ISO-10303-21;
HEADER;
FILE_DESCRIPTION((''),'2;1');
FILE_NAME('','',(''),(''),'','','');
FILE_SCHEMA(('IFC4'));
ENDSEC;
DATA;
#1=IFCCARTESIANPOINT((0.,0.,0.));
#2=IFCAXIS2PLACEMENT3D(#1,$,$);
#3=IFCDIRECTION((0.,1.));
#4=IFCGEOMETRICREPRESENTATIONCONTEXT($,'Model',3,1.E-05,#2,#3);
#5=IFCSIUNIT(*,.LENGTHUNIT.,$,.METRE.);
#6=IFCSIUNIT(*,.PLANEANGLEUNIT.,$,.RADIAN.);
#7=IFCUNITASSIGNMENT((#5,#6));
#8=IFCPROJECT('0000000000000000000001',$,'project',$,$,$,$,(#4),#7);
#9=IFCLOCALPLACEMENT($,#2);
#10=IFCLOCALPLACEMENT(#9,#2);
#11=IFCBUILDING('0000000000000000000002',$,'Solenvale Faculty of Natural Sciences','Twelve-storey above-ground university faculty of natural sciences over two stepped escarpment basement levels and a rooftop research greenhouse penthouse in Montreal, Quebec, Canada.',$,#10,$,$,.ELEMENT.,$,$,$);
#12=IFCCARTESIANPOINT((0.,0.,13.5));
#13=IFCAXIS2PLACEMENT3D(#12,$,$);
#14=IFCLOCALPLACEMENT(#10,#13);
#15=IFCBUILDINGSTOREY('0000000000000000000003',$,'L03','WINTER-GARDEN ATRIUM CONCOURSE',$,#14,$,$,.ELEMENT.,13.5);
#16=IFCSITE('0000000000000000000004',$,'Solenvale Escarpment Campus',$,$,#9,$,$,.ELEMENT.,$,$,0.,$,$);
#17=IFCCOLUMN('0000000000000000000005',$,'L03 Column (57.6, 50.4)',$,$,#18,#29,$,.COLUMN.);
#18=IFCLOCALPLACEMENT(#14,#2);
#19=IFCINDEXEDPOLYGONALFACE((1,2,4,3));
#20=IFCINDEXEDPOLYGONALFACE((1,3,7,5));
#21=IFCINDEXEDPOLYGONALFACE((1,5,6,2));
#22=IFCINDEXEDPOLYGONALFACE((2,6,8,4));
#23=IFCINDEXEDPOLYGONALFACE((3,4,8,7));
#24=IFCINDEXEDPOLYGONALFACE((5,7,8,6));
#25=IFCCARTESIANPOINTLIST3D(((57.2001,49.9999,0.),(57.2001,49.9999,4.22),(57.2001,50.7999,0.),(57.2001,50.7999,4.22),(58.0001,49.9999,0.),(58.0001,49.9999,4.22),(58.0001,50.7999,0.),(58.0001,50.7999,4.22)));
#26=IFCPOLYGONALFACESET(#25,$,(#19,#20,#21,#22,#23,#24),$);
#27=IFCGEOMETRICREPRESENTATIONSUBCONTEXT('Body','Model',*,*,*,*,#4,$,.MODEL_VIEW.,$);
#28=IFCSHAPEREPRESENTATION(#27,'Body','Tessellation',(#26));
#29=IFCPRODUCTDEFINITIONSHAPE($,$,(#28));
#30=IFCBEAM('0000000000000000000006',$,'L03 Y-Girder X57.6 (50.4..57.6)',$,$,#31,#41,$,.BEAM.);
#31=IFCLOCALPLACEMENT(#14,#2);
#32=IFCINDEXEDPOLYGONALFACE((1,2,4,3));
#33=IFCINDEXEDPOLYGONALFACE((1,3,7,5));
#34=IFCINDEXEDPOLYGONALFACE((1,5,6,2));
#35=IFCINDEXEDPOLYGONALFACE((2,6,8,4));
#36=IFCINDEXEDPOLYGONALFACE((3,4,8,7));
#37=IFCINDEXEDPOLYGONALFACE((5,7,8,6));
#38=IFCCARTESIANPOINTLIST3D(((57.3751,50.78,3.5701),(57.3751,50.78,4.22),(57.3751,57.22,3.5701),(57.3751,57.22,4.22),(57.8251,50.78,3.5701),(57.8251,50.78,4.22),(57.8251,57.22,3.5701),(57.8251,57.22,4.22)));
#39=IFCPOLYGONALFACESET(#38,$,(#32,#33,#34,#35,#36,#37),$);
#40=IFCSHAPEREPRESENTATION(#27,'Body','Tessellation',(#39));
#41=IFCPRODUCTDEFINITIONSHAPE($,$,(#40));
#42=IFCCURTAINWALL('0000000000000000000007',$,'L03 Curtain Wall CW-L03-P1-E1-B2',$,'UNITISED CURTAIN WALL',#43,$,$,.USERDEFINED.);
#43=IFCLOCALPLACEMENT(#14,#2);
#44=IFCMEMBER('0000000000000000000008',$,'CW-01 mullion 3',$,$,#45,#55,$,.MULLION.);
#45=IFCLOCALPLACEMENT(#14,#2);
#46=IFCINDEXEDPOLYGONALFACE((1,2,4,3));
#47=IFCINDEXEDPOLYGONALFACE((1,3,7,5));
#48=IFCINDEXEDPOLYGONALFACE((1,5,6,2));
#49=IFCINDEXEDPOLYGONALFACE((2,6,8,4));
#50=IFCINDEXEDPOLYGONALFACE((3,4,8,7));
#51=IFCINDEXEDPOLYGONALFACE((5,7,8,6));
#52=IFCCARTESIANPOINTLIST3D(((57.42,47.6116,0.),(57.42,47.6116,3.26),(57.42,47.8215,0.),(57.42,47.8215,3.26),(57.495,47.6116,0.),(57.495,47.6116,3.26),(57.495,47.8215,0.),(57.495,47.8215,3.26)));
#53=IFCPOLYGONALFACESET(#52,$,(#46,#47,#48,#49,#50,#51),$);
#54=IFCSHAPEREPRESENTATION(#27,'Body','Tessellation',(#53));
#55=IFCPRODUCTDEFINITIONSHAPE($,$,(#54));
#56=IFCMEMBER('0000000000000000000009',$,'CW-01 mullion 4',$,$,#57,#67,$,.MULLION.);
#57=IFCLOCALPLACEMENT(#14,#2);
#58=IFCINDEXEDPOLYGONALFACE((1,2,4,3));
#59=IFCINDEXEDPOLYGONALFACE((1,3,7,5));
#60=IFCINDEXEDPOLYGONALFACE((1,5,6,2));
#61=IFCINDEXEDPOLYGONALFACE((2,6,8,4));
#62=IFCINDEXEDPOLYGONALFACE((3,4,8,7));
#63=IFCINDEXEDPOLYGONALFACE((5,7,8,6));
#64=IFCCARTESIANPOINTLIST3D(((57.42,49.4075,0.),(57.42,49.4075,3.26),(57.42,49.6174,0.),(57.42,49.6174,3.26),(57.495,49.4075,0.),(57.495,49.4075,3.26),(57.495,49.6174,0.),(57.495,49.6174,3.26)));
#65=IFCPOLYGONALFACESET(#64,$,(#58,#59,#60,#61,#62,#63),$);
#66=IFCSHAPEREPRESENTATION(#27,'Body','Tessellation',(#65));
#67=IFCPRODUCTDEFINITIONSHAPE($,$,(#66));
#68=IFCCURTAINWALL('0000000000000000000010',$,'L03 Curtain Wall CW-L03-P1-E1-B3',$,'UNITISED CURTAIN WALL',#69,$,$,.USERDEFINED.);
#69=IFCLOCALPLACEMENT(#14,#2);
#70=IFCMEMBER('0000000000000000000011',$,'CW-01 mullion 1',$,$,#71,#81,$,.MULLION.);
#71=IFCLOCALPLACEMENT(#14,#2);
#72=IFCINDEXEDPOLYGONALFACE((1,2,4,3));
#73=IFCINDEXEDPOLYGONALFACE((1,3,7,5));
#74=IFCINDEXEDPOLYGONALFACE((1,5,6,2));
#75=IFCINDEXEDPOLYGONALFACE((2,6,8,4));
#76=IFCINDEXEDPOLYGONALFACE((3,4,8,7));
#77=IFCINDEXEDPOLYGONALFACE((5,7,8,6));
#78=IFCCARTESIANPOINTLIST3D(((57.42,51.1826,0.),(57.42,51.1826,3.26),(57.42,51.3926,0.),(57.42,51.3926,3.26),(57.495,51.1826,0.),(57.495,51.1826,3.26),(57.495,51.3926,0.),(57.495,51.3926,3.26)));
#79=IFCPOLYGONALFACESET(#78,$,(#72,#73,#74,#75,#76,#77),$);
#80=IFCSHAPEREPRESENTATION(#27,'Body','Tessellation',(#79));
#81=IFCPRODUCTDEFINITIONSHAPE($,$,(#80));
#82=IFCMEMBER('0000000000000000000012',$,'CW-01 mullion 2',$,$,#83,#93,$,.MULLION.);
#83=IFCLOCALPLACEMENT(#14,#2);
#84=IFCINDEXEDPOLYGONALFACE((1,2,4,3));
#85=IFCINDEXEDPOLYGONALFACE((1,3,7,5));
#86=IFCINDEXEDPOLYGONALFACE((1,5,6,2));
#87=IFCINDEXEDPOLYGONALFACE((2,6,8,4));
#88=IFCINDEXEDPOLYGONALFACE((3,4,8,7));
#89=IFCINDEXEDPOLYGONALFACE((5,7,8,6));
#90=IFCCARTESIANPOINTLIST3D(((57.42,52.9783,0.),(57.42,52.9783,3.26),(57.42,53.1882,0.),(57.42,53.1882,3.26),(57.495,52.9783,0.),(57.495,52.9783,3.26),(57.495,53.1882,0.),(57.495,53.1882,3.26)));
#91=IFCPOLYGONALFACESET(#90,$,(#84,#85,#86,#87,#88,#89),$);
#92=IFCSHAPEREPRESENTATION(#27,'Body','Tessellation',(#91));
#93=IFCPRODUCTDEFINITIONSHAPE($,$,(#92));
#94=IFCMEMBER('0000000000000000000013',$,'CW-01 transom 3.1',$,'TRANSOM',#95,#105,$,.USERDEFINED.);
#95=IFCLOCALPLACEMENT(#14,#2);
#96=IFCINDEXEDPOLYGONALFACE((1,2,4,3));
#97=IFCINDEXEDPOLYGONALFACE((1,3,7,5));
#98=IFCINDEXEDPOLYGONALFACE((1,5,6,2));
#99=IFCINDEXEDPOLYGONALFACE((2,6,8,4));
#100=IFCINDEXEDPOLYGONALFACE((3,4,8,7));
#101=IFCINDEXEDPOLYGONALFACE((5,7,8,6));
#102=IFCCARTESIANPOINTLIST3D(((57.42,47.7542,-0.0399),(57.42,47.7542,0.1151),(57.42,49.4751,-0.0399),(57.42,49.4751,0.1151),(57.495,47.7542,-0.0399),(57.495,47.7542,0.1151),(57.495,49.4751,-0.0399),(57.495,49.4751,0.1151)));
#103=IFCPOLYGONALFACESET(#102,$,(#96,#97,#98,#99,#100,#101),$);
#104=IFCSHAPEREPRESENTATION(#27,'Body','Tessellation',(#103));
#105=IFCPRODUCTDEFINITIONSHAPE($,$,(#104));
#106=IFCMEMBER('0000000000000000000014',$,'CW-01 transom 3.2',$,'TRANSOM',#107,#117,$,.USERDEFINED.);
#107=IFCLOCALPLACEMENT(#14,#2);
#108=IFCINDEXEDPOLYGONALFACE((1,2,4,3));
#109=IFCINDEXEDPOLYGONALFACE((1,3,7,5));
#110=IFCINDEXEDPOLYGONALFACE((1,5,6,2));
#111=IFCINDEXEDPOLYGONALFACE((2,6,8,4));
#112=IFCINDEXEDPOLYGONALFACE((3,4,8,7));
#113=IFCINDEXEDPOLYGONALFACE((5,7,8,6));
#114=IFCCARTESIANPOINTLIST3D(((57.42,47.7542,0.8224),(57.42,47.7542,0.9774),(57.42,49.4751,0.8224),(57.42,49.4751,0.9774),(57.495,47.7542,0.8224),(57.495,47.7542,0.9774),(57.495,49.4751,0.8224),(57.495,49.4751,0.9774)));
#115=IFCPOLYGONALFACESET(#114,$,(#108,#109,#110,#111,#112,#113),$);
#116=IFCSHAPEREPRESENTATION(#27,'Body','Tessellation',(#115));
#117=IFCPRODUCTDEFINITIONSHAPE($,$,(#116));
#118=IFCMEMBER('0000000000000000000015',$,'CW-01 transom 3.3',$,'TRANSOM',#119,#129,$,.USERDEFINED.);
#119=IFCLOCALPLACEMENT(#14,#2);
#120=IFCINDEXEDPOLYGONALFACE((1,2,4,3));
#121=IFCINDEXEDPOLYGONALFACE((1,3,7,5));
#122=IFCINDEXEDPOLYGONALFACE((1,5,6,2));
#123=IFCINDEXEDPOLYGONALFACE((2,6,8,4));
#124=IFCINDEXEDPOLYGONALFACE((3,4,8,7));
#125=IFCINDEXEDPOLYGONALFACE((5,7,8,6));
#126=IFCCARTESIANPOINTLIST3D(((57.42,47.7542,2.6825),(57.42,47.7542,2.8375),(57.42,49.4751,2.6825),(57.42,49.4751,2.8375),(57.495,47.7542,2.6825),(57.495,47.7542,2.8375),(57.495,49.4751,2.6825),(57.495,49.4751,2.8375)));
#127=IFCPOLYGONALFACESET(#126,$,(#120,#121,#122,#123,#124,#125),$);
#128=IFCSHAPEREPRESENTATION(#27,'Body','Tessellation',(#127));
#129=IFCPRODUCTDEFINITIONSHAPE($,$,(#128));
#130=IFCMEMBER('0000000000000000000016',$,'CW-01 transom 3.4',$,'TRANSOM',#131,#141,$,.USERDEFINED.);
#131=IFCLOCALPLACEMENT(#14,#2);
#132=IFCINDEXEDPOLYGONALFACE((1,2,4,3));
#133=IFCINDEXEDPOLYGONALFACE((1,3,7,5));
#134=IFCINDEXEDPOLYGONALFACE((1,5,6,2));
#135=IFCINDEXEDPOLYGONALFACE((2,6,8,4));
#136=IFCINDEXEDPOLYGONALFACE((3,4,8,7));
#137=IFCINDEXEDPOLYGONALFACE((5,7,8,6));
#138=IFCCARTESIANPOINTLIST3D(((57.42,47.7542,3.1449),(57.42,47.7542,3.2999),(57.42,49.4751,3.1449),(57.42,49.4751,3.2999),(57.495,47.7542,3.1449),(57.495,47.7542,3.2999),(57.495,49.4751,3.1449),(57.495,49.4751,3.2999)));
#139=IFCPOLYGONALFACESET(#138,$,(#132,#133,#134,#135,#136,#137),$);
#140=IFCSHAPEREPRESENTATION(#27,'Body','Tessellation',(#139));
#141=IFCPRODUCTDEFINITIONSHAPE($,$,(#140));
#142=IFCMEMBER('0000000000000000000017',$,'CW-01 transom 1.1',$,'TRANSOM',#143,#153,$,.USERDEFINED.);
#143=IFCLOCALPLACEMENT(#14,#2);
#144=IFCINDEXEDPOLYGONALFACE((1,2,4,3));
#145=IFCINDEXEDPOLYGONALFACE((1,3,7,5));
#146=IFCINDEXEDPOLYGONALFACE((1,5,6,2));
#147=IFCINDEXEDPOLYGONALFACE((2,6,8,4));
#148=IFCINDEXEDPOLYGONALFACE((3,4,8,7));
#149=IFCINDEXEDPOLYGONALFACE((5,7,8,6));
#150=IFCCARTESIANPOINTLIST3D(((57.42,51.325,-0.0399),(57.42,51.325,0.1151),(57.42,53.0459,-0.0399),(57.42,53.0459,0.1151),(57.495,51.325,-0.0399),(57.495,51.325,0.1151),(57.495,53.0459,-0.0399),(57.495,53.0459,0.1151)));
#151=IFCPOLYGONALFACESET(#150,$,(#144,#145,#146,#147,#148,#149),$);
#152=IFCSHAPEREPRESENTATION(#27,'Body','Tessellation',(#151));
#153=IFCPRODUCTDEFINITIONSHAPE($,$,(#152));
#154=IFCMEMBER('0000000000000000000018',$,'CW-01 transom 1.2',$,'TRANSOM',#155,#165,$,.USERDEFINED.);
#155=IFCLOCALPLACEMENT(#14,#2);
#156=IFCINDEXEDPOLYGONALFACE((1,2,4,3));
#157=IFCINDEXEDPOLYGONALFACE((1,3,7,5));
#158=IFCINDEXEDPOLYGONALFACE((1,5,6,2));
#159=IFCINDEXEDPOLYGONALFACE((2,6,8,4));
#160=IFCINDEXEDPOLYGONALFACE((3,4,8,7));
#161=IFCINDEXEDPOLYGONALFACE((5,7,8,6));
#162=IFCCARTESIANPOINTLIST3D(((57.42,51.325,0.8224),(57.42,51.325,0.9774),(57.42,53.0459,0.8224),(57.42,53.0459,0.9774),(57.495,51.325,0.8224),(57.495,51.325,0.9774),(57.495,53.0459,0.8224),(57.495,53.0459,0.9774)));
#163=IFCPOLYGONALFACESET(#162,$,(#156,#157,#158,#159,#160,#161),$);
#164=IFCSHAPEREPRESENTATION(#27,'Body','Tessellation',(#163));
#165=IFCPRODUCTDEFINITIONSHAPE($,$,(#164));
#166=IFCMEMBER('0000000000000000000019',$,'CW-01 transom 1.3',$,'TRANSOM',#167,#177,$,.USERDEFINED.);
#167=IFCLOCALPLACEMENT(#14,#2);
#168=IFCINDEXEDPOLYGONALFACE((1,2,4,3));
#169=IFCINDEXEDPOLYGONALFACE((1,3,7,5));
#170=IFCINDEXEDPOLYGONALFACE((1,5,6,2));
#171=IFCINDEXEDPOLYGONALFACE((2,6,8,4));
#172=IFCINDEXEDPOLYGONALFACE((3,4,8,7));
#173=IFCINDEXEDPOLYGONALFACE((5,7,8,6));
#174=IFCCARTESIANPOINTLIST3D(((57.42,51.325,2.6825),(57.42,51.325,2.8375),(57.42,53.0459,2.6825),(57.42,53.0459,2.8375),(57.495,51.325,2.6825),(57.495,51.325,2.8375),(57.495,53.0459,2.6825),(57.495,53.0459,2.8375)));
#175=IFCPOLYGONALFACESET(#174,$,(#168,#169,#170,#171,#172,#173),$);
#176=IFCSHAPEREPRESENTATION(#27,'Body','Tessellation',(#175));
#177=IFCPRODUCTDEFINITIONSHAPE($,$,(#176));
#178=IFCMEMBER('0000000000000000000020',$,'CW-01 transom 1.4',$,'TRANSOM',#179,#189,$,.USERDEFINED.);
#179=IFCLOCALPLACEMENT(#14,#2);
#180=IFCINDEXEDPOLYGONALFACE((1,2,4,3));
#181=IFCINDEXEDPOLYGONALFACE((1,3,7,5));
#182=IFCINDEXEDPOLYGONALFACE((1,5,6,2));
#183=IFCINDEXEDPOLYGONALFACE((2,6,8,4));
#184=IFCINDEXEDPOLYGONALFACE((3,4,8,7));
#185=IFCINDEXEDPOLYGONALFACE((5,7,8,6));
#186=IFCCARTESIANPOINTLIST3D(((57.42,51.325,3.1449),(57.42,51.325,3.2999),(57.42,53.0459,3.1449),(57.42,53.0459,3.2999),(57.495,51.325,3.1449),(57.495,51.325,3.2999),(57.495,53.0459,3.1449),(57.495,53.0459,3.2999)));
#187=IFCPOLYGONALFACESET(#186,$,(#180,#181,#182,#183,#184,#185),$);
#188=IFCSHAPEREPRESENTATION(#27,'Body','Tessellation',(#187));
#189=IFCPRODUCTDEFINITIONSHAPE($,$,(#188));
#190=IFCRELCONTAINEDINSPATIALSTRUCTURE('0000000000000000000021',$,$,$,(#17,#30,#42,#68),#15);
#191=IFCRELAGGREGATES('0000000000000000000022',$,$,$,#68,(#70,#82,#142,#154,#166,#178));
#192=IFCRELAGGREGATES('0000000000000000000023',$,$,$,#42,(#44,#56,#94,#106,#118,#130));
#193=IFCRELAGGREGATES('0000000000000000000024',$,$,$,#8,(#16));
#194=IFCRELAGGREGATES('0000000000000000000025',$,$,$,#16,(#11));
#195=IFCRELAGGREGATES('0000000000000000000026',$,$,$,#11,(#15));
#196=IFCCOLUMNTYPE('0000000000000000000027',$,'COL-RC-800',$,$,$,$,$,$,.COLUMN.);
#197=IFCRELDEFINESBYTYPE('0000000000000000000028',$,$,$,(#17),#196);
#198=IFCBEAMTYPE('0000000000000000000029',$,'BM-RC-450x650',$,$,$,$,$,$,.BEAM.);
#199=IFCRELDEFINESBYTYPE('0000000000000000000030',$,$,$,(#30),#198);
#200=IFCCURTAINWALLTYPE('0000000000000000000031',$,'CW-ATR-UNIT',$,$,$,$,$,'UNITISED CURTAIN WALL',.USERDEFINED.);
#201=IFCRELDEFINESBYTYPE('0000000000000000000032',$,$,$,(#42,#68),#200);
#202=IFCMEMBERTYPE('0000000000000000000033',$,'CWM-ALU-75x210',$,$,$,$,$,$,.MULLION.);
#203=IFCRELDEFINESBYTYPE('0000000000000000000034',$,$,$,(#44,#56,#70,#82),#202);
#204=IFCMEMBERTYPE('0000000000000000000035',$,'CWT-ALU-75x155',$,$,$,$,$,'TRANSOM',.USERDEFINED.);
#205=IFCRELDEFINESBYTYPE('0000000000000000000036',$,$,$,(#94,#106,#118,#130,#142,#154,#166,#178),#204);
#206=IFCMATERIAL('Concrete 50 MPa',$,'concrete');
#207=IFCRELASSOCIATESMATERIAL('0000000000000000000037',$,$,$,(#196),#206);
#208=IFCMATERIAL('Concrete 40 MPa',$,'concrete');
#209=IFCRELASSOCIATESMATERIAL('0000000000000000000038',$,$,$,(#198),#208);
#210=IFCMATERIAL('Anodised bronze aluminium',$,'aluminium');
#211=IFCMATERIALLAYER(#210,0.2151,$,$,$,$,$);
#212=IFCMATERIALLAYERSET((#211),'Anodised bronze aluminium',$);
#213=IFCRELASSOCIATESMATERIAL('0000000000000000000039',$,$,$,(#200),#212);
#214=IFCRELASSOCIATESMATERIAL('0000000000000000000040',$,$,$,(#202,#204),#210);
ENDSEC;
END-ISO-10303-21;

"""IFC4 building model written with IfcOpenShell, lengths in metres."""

from ifc_helpers import new_model, si_unit, direction, frame, origin, origin_2d, place, context, subcontext, project, spatial, rectangle, extrude, material, layer, layer_set, material_profile, profile_set, type_object, element, aggregate, save


model = new_model("IFC4")

# Units and contexts
model_context = context("Model", 3, precision=1e-05, world=origin(), true_north=direction((0.0, 1.0)))
body_context = subcontext(model_context, "Body", "Model", "MODEL_VIEW")
ifc_project = project(units=[si_unit("LENGTHUNIT", "METRE"), si_unit("PLANEANGLEUNIT", "RADIAN")], contexts=[model_context])

# Site, building, storey
site_placement = place(None, origin())
site = spatial("IfcSite", under=ifc_project, at=site_placement, Name="Solenvale Escarpment Campus", CompositionType="ELEMENT", RefElevation=0.0)
building_placement = place(site_placement, origin())
building = spatial("IfcBuilding", under=site, at=building_placement, Name="Solenvale Faculty of Natural Sciences", Description="Twelve-storey above-ground university faculty of natural sciences over two stepped escarpment basement levels and a rooftop research greenhouse penthouse in Montreal, Quebec, Canada.", CompositionType="ELEMENT")
storey_placement = place(building_placement, frame((0.0, 0.0, 13.5)))
storey = spatial("IfcBuildingStorey", under=building, at=storey_placement, Name="L03", Description="WINTER-GARDEN ATRIUM CONCOURSE", CompositionType="ELEMENT", Elevation=13.5)

# Column
ifc_material_1 = material(Name="Concrete 50 MPa", Category="concrete")
ifc_material_profile_1 = material_profile(ifc_material_1, rectangle(XDim=0.8, YDim=0.8, at=origin_2d()), Name="RC-COL-800x800")
ifc_profile_set_1 = profile_set([ifc_material_profile_1], Name="Concrete 50 MPa")
column_type = type_object("IfcColumnType", Name="COL-RC-800", PredefinedType="COLUMN", material=ifc_profile_set_1)
column_placement = place(storey_placement, frame((57.6001, 50.3999, 0.0), z_axis=(0.0, 0.0, 1.0), x_axis=(1.0, 0.0, 0.0)))
element("IfcColumn", 1, at=column_placement, inside=storey, type_object=column_type, Name="L03 Column (57.6, 50.4)", PredefinedType="COLUMN", context=body_context, shape_type="SweptSolid", body=[
    extrude(rectangle(XDim=0.8, YDim=0.8, at=origin_2d()), origin(), (0.0, 0.0, 1.0), 4.22),
])

# Beam
ifc_material_2 = material(Name="Concrete 40 MPa", Category="concrete")
ifc_material_profile_2 = material_profile(ifc_material_2, rectangle(XDim=0.45, YDim=0.6499, at=origin_2d()), Name="RC-BM-450x650")
ifc_profile_set_2 = profile_set([ifc_material_profile_2], Name="Concrete 40 MPa")
beam_type = type_object("IfcBeamType", Name="BM-RC-450x650", PredefinedType="BEAM", material=ifc_profile_set_2)
beam_placement = place(storey_placement, frame((57.6001, 50.78, 3.895), z_axis=(0.0, 1.0, 0.0), x_axis=(-1.0, 0.0, 0.0)))
element("IfcBeam", 2, at=beam_placement, inside=storey, type_object=beam_type, Name="L03 Y-Girder X57.6 (50.4..57.6)", PredefinedType="BEAM", context=body_context, shape_type="SweptSolid", body=[
    extrude(rectangle(XDim=0.45, YDim=0.6499, at=origin_2d()), origin(), (0.0, 0.0, 1.0), 6.4399),
])

# Curtain walls, members
ifc_material_3 = material(Name="Anodised bronze aluminium", Category="aluminium")
ifc_layer_1 = layer(ifc_material_3, 0.2151)
ifc_layer_set_1 = layer_set([ifc_layer_1], Name="Anodised bronze aluminium")
curtain_wall_type = type_object("IfcCurtainWallType", Name="CW-ATR-UNIT", ElementType="UNITISED CURTAIN WALL", PredefinedType="USERDEFINED", material=ifc_layer_set_1)
curtain_wall_1_placement = place(storey_placement, origin())
curtain_wall_1 = element("IfcCurtainWall", 3, at=curtain_wall_1_placement, inside=storey, type_object=curtain_wall_type, Name="L03 Curtain Wall CW-L03-P1-E1-B2", ObjectType="UNITISED CURTAIN WALL", PredefinedType="USERDEFINED")
ifc_material_profile_3 = material_profile(ifc_material_3, rectangle(XDim=0.075, YDim=0.21, at=origin_2d()), Name="ALU-MUL-75x210")
ifc_profile_set_3 = profile_set([ifc_material_profile_3], Name="Anodised bronze aluminium")
member_type_1 = type_object("IfcMemberType", Name="CWM-ALU-75x210", PredefinedType="MULLION", material=ifc_profile_set_3)
member_1_placement = place(storey_placement, frame((57.4575, 47.7166, 0.0), z_axis=(0.0, 0.0, 1.0), x_axis=(-1.0, 0.0, 0.0)))
member_1 = element("IfcMember", 4, at=member_1_placement, type_object=member_type_1, Name="CW-01 mullion 3", PredefinedType="MULLION", context=body_context, shape_type="SweptSolid", body=[
    extrude(rectangle(XDim=0.075, YDim=0.21, at=origin_2d()), origin(), (0.0, 0.0, 1.0), 3.26),
])
member_2_placement = place(storey_placement, frame((57.4575, 49.5125, 0.0), z_axis=(0.0, 0.0, 1.0), x_axis=(-1.0, 0.0, 0.0)))
member_2 = element("IfcMember", 5, at=member_2_placement, type_object=member_type_1, Name="CW-01 mullion 4", PredefinedType="MULLION", context=body_context, shape_type="SweptSolid", body=[
    extrude(rectangle(XDim=0.075, YDim=0.21, at=origin_2d()), origin(), (0.0, 0.0, 1.0), 3.26),
])
curtain_wall_2_placement = place(storey_placement, origin())
curtain_wall_2 = element("IfcCurtainWall", 6, at=curtain_wall_2_placement, inside=storey, type_object=curtain_wall_type, Name="L03 Curtain Wall CW-L03-P1-E1-B3", ObjectType="UNITISED CURTAIN WALL", PredefinedType="USERDEFINED")
member_3_placement = place(storey_placement, frame((57.4575, 51.2876, 0.0), z_axis=(0.0, 0.0, 1.0), x_axis=(-1.0, 0.0, 0.0)))
member_3 = element("IfcMember", 7, at=member_3_placement, type_object=member_type_1, Name="CW-01 mullion 1", PredefinedType="MULLION", context=body_context, shape_type="SweptSolid", body=[
    extrude(rectangle(XDim=0.075, YDim=0.21, at=origin_2d()), origin(), (0.0, 0.0, 1.0), 3.26),
])
member_4_placement = place(storey_placement, frame((57.4575, 53.0833, 0.0), z_axis=(0.0, 0.0, 1.0), x_axis=(-1.0, 0.0, 0.0)))
member_4 = element("IfcMember", 8, at=member_4_placement, type_object=member_type_1, Name="CW-01 mullion 2", PredefinedType="MULLION", context=body_context, shape_type="SweptSolid", body=[
    extrude(rectangle(XDim=0.075, YDim=0.21, at=origin_2d()), origin(), (0.0, 0.0, 1.0), 3.26),
])

# Members
ifc_material_profile_4 = material_profile(ifc_material_3, rectangle(XDim=0.075, YDim=0.155, at=origin_2d()), Name="ALU-TRN-75x155")
ifc_profile_set_4 = profile_set([ifc_material_profile_4], Name="Anodised bronze aluminium")
member_type_2 = type_object("IfcMemberType", Name="CWT-ALU-75x155", ElementType="TRANSOM", PredefinedType="USERDEFINED", material=ifc_profile_set_4)
member_5_placement = place(storey_placement, frame((57.4575, 47.7542, 0.0376), z_axis=(0.0, 1.0, 0.0), x_axis=(-1.0, 0.0, 0.0)))
member_5 = element("IfcMember", 9, at=member_5_placement, type_object=member_type_2, Name="CW-01 transom 3.1", ObjectType="TRANSOM", PredefinedType="USERDEFINED", context=body_context, shape_type="SweptSolid", body=[
    extrude(rectangle(XDim=0.075, YDim=0.155, at=origin_2d()), origin(), (0.0, 0.0, 1.0), 1.7209),
])
member_6_placement = place(storey_placement, frame((57.4575, 47.7542, 0.8999), z_axis=(0.0, 1.0, 0.0), x_axis=(-1.0, 0.0, 0.0)))
member_6 = element("IfcMember", 10, at=member_6_placement, type_object=member_type_2, Name="CW-01 transom 3.2", ObjectType="TRANSOM", PredefinedType="USERDEFINED", context=body_context, shape_type="SweptSolid", body=[
    extrude(rectangle(XDim=0.075, YDim=0.155, at=origin_2d()), origin(), (0.0, 0.0, 1.0), 1.7209),
])
member_7_placement = place(storey_placement, frame((57.4575, 47.7542, 2.76), z_axis=(0.0, 1.0, 0.0), x_axis=(-1.0, 0.0, 0.0)))
member_7 = element("IfcMember", 11, at=member_7_placement, type_object=member_type_2, Name="CW-01 transom 3.3", ObjectType="TRANSOM", PredefinedType="USERDEFINED", context=body_context, shape_type="SweptSolid", body=[
    extrude(rectangle(XDim=0.075, YDim=0.155, at=origin_2d()), origin(), (0.0, 0.0, 1.0), 1.7209),
])
member_8_placement = place(storey_placement, frame((57.4575, 47.7542, 3.2224), z_axis=(0.0, 1.0, 0.0), x_axis=(-1.0, 0.0, 0.0)))
member_8 = element("IfcMember", 12, at=member_8_placement, type_object=member_type_2, Name="CW-01 transom 3.4", ObjectType="TRANSOM", PredefinedType="USERDEFINED", context=body_context, shape_type="SweptSolid", body=[
    extrude(rectangle(XDim=0.075, YDim=0.155, at=origin_2d()), origin(), (0.0, 0.0, 1.0), 1.7209),
])
member_9_placement = place(storey_placement, frame((57.4575, 51.325, 0.0376), z_axis=(0.0, 1.0, 0.0), x_axis=(-1.0, 0.0, 0.0)))
member_9 = element("IfcMember", 13, at=member_9_placement, type_object=member_type_2, Name="CW-01 transom 1.1", ObjectType="TRANSOM", PredefinedType="USERDEFINED", context=body_context, shape_type="SweptSolid", body=[
    extrude(rectangle(XDim=0.075, YDim=0.155, at=origin_2d()), origin(), (0.0, 0.0, 1.0), 1.7209),
])
member_10_placement = place(storey_placement, frame((57.4575, 51.325, 0.8999), z_axis=(0.0, 1.0, 0.0), x_axis=(-1.0, 0.0, 0.0)))
member_10 = element("IfcMember", 14, at=member_10_placement, type_object=member_type_2, Name="CW-01 transom 1.2", ObjectType="TRANSOM", PredefinedType="USERDEFINED", context=body_context, shape_type="SweptSolid", body=[
    extrude(rectangle(XDim=0.075, YDim=0.155, at=origin_2d()), origin(), (0.0, 0.0, 1.0), 1.7209),
])
member_11_placement = place(storey_placement, frame((57.4575, 51.325, 2.76), z_axis=(0.0, 1.0, 0.0), x_axis=(-1.0, 0.0, 0.0)))
member_11 = element("IfcMember", 15, at=member_11_placement, type_object=member_type_2, Name="CW-01 transom 1.3", ObjectType="TRANSOM", PredefinedType="USERDEFINED", context=body_context, shape_type="SweptSolid", body=[
    extrude(rectangle(XDim=0.075, YDim=0.155, at=origin_2d()), origin(), (0.0, 0.0, 1.0), 1.7209),
])
member_12_placement = place(storey_placement, frame((57.4575, 51.325, 3.2224), z_axis=(0.0, 1.0, 0.0), x_axis=(-1.0, 0.0, 0.0)))
member_12 = element("IfcMember", 16, at=member_12_placement, type_object=member_type_2, Name="CW-01 transom 1.4", ObjectType="TRANSOM", PredefinedType="USERDEFINED", context=body_context, shape_type="SweptSolid", body=[
    extrude(rectangle(XDim=0.075, YDim=0.155, at=origin_2d()), origin(), (0.0, 0.0, 1.0), 1.7209),
])

aggregate(curtain_wall_2, [member_3, member_4, member_9, member_10, member_11, member_12])
aggregate(curtain_wall_1, [member_1, member_2, member_5, member_6, member_7, member_8])

save(model, "model.ifc")
